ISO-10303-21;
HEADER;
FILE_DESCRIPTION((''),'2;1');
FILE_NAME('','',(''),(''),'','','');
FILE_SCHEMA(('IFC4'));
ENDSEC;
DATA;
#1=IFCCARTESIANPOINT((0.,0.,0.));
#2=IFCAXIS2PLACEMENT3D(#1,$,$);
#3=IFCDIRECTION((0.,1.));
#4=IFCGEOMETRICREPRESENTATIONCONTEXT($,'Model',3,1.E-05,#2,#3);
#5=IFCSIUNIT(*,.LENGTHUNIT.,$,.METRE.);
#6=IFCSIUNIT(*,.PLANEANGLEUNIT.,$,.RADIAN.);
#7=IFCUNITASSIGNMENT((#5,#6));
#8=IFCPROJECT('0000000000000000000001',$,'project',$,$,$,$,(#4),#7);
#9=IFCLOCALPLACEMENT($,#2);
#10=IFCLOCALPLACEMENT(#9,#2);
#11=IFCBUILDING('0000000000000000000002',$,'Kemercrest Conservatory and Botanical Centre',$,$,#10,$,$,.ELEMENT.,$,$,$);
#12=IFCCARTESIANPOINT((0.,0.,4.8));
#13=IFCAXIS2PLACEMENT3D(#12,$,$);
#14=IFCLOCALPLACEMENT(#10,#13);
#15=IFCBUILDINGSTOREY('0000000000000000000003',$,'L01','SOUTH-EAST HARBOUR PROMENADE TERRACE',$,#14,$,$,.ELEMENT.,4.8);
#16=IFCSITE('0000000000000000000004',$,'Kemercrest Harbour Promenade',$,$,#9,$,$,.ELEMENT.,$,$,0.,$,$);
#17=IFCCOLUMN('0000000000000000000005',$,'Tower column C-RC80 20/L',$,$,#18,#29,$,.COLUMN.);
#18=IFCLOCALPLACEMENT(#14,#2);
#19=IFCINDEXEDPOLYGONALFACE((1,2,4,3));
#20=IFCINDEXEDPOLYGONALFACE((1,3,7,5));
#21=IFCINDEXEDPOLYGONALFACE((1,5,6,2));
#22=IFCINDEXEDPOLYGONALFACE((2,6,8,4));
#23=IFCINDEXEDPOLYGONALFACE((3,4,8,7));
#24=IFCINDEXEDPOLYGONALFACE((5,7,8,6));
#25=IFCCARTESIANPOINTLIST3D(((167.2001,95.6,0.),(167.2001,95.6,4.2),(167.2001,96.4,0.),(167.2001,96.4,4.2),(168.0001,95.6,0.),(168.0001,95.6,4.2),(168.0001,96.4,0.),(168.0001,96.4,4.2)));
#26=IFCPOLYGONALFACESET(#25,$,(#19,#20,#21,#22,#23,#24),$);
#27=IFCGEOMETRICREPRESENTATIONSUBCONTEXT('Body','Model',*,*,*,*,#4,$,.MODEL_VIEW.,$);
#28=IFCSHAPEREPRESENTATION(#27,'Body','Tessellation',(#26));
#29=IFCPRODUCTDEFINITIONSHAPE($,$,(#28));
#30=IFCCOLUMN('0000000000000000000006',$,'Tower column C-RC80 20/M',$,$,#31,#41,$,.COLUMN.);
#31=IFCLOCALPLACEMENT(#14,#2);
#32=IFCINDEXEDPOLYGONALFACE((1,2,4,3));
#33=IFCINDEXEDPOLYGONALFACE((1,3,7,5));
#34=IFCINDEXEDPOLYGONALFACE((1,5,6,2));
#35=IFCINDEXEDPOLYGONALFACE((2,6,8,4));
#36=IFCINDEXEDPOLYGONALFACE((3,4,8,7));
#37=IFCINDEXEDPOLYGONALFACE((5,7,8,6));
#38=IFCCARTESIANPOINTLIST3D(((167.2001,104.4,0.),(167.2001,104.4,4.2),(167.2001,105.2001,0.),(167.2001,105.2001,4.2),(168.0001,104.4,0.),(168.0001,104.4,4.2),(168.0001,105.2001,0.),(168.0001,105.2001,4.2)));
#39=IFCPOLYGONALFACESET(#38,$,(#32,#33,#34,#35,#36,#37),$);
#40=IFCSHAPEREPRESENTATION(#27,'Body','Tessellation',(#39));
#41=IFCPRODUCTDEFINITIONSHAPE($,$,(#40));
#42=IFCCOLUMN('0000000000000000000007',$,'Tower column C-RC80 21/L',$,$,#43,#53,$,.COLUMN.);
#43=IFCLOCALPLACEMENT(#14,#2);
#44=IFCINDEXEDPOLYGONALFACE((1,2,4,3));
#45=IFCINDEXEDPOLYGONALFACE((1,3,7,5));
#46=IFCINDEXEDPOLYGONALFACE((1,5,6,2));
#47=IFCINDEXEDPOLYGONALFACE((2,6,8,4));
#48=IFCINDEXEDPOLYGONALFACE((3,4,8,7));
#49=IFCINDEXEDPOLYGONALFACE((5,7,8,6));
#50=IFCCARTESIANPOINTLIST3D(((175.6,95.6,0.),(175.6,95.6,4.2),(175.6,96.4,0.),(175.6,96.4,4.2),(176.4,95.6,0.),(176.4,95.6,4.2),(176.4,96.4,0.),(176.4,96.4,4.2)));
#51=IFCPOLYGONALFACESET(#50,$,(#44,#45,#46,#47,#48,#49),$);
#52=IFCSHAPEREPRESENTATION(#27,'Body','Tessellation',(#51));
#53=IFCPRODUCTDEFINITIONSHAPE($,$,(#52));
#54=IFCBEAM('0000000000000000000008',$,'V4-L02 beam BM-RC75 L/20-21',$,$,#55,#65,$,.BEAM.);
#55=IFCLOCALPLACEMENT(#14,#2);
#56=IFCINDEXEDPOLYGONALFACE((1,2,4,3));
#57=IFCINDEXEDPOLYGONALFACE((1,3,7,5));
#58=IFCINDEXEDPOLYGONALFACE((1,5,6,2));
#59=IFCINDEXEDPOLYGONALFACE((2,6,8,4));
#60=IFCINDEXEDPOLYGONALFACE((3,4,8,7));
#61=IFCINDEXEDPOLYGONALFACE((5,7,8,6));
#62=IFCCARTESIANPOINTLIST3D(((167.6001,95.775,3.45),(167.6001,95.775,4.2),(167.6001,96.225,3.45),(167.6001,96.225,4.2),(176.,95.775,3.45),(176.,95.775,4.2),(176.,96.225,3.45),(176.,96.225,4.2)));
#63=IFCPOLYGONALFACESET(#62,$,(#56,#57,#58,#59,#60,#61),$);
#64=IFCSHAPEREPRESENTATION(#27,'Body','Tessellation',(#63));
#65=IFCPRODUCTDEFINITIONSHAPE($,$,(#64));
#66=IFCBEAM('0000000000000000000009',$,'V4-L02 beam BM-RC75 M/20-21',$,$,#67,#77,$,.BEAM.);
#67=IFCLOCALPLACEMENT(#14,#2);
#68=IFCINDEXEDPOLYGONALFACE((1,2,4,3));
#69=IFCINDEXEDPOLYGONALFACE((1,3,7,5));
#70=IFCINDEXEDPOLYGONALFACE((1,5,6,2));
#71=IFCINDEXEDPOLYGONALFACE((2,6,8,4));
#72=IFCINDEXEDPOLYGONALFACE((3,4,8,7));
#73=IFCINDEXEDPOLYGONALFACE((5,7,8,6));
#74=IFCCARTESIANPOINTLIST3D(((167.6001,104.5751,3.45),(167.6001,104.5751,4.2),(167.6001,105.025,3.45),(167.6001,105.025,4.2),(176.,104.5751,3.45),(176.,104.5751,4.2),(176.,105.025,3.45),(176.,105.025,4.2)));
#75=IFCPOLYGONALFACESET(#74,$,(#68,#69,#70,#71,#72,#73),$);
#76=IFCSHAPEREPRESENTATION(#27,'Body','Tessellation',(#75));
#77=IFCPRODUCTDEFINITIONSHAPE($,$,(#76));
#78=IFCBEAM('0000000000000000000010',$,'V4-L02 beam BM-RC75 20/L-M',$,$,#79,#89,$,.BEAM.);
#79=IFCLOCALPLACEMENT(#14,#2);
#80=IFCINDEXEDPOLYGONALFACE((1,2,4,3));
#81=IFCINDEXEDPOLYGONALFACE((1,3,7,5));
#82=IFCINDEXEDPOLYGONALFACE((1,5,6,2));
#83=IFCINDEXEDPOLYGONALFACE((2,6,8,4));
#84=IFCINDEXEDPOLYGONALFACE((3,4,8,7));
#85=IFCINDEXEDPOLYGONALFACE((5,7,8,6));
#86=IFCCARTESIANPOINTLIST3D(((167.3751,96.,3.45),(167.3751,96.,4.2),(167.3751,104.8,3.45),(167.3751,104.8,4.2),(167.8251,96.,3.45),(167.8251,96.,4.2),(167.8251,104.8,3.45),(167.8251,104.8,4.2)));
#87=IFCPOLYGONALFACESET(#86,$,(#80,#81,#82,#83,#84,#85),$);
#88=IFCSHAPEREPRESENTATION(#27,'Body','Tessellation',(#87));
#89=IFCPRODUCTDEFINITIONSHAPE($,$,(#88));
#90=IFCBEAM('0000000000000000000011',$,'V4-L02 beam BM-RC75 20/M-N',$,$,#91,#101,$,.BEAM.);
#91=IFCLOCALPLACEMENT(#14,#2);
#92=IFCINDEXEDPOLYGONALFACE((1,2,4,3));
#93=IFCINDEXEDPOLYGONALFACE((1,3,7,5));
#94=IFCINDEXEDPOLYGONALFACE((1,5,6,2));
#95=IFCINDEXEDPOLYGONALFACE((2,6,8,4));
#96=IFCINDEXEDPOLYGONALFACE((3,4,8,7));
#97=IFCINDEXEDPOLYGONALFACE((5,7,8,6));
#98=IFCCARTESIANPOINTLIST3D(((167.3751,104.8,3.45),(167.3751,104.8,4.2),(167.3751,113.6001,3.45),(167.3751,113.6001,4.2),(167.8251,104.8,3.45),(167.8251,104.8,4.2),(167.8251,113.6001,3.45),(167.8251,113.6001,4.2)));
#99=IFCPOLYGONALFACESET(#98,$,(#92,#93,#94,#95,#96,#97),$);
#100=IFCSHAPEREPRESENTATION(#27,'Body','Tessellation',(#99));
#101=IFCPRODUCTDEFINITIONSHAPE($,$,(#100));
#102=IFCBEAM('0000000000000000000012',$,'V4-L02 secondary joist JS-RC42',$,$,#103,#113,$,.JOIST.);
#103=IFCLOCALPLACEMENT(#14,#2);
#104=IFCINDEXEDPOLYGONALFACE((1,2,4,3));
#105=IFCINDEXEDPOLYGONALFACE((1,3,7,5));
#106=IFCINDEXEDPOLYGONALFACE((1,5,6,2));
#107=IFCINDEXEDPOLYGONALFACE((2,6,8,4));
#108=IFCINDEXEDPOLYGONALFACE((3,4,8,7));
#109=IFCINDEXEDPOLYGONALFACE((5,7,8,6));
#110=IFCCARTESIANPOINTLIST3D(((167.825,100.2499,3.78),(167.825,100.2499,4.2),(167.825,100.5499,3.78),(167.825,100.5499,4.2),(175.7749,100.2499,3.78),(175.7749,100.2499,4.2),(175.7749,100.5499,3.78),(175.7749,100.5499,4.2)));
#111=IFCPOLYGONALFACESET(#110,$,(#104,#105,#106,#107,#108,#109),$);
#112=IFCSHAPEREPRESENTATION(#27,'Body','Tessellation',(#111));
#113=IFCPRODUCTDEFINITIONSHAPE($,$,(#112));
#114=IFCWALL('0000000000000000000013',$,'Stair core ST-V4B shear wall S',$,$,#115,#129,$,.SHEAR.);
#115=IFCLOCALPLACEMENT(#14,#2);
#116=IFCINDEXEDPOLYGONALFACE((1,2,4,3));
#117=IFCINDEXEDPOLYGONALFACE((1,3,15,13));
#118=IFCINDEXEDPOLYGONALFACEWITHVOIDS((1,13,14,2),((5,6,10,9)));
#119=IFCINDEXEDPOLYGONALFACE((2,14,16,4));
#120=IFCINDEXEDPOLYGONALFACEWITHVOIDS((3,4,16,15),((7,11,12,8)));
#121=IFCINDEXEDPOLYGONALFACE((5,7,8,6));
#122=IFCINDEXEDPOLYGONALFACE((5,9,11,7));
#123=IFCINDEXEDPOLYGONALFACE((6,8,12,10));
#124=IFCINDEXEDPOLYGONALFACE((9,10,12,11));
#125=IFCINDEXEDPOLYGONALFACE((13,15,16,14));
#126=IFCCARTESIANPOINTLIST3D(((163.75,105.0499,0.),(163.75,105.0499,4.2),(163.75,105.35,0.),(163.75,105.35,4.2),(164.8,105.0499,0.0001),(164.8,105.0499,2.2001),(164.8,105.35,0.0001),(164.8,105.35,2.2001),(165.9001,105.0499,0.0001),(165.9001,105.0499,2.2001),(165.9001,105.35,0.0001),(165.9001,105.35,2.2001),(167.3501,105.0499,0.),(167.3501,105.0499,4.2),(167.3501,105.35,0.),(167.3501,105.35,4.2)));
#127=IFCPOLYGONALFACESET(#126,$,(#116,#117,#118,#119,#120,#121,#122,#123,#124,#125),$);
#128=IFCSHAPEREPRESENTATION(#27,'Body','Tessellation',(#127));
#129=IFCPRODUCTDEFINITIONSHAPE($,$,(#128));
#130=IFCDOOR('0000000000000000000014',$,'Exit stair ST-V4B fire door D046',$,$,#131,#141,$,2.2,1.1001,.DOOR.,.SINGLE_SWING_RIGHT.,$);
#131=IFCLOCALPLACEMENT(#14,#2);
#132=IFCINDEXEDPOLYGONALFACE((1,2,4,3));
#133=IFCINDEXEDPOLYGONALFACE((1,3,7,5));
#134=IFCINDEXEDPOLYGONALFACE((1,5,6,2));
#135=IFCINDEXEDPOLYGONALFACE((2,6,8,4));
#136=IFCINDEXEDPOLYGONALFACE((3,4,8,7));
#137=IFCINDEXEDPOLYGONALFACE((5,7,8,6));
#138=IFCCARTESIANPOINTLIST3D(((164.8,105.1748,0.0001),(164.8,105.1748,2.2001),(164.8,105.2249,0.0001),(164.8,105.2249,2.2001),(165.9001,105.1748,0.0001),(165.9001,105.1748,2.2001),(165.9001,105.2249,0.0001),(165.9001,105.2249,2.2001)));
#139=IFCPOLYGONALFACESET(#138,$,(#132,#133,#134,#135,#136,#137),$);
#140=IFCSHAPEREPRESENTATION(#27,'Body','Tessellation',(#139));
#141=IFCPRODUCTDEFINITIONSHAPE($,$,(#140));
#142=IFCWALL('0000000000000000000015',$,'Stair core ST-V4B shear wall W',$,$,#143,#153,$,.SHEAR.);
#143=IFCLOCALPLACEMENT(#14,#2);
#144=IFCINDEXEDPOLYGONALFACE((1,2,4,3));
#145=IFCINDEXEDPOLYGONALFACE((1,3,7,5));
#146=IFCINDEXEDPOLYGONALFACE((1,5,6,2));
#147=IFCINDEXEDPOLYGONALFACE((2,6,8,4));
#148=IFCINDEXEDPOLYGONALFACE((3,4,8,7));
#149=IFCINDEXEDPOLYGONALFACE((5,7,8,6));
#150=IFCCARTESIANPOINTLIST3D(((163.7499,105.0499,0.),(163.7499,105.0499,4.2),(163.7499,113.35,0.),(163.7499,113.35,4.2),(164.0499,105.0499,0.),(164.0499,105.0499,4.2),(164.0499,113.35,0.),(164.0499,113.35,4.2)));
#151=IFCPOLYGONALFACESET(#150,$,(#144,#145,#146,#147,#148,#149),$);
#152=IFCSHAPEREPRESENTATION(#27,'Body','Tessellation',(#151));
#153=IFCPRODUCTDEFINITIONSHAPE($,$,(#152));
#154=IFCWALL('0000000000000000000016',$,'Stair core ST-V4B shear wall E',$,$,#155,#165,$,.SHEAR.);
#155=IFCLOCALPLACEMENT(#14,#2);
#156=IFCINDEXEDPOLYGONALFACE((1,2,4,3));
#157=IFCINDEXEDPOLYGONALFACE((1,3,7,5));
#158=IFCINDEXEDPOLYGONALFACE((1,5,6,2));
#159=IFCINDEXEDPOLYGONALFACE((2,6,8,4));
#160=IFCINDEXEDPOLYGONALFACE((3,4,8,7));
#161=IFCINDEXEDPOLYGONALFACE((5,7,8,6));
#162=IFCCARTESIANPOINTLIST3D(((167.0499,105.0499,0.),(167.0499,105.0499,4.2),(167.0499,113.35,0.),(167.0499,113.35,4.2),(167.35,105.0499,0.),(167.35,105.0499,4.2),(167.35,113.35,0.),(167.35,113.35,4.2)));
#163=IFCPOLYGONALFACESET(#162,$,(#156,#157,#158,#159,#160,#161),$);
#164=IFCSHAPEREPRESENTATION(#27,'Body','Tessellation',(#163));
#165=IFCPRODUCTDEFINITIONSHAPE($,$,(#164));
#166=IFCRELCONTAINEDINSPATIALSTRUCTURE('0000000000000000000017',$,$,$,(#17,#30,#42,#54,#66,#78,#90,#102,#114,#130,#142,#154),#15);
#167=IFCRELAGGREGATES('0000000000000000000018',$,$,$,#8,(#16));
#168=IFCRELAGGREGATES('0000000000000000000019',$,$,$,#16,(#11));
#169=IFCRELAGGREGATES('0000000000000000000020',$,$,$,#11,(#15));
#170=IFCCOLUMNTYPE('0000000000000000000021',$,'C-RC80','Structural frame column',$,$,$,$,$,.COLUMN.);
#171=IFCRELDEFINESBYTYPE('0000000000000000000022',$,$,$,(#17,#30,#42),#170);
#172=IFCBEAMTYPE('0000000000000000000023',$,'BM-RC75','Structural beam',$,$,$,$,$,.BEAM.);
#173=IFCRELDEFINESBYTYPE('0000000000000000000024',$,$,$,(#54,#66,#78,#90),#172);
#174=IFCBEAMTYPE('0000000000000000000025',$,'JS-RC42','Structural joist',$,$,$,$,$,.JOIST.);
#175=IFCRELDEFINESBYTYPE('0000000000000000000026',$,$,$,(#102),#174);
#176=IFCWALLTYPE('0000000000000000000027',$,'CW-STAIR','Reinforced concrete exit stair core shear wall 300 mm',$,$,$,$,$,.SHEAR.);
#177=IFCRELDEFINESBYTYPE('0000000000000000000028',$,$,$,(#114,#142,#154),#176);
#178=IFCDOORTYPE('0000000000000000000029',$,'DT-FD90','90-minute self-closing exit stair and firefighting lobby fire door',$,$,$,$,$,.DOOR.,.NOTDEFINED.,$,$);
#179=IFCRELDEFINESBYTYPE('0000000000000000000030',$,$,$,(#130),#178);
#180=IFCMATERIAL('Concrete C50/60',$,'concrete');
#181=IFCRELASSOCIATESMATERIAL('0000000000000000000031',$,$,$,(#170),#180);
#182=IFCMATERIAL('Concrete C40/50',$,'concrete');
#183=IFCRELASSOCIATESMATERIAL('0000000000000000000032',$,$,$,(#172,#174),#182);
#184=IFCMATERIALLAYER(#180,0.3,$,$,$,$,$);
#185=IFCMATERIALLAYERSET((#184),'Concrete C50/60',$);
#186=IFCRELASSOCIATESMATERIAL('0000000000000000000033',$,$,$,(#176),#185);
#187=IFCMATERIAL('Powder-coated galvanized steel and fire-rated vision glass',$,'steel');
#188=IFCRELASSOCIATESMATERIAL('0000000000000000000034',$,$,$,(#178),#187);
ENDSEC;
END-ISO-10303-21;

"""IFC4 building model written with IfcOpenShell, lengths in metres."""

from ifc_helpers import new_model, si_unit, direction, frame, frame_2d, origin, origin_2d, place, context, subcontext, project, spatial, rectangle, extrude, material, layer, layer_set, material_profile, profile_set, type_object, element, fill, save


model = new_model("IFC4")

# Units and contexts
model_context = context("Model", 3, precision=1e-05, world=origin(), true_north=direction((0.0, 1.0)))
body_context = subcontext(model_context, "Body", "Model", "MODEL_VIEW")
ifc_project = project(units=[si_unit("LENGTHUNIT", "METRE"), si_unit("PLANEANGLEUNIT", "RADIAN")], contexts=[model_context])

# Site, building, storey
site_placement = place(None, origin())
site = spatial("IfcSite", under=ifc_project, at=site_placement, Name="Kemercrest Harbour Promenade", CompositionType="ELEMENT", RefElevation=0.0)
building_placement = place(site_placement, origin())
building = spatial("IfcBuilding", under=site, at=building_placement, Name="Kemercrest Conservatory and Botanical Centre", CompositionType="ELEMENT")
storey_placement = place(building_placement, frame((0.0, 0.0, 4.8)))
storey = spatial("IfcBuildingStorey", under=building, at=storey_placement, Name="L01", Description="SOUTH-EAST HARBOUR PROMENADE TERRACE", CompositionType="ELEMENT", Elevation=4.8)

# Columns
ifc_material_1 = material(Name="Concrete C50/60", Category="concrete")
ifc_material_profile_1 = material_profile(ifc_material_1, rectangle(XDim=0.8, YDim=0.8, at=origin_2d()), Name="RC 800x800")
ifc_profile_set_1 = profile_set([ifc_material_profile_1], Name="Concrete C50/60")
column_type = type_object("IfcColumnType", Name="C-RC80", Description="Structural frame column", PredefinedType="COLUMN", material=ifc_profile_set_1)
for number, where, z_axis, x_axis, name in (
    (1, (167.6001, 96.0, 0.0), (0.0, 0.0, 1.0), (1.0, 0.0, 0.0), "Tower column C-RC80 20/L"),
    (2, (167.6001, 104.8, 0.0), (0.0, 0.0, 1.0), (1.0, 0.0, 0.0), "Tower column C-RC80 20/M"),
    (3, (176.0, 96.0, 0.0), (0.0, 0.0, 1.0), (1.0, 0.0, 0.0), "Tower column C-RC80 21/L"),
):
    element("IfcColumn", number, at=place(storey_placement, frame(where, z_axis=z_axis, x_axis=x_axis)), inside=storey, type_object=column_type, Name=name, PredefinedType="COLUMN", context=body_context, shape_type="SweptSolid", body=[
        extrude(rectangle(XDim=0.8, YDim=0.8, at=origin_2d()), origin(), (0.0, 0.0, 1.0), 4.2),
    ])

# Beams
ifc_material_2 = material(Name="Concrete C40/50", Category="concrete")
ifc_material_profile_2 = material_profile(ifc_material_2, rectangle(XDim=0.45, YDim=0.75, at=origin_2d()), Name="RC 450x750")
ifc_profile_set_2 = profile_set([ifc_material_profile_2], Name="Concrete C40/50")
beam_type_1 = type_object("IfcBeamType", Name="BM-RC75", Description="Structural beam", PredefinedType="BEAM", material=ifc_profile_set_2)
for number, where, z_axis, x_axis, name in (
    (4, (167.6001, 96.0, 3.825), (1.0, 0.0, 0.0), (0.0, 1.0, 0.0), "V4-L02 beam BM-RC75 L/20-21"),
    (5, (167.6001, 104.8, 3.825), (1.0, 0.0, 0.0), (0.0, 1.0, 0.0), "V4-L02 beam BM-RC75 M/20-21"),
):
    element("IfcBeam", number, at=place(storey_placement, frame(where, z_axis=z_axis, x_axis=x_axis)), inside=storey, type_object=beam_type_1, Name=name, PredefinedType="BEAM", context=body_context, shape_type="SweptSolid", body=[
        extrude(rectangle(XDim=0.45, YDim=0.75, at=origin_2d()), origin(), (0.0, 0.0, 1.0), 8.3999),
    ])
for number, where, z_axis, x_axis, name in (
    (6, (167.6001, 96.0, 3.825), (0.0, 1.0, 0.0), (-1.0, 0.0, 0.0), "V4-L02 beam BM-RC75 20/L-M"),
    (7, (167.6001, 104.8, 3.825), (0.0, 1.0, 0.0), (-1.0, 0.0, 0.0), "V4-L02 beam BM-RC75 20/M-N"),
):
    element("IfcBeam", number, at=place(storey_placement, frame(where, z_axis=z_axis, x_axis=x_axis)), inside=storey, type_object=beam_type_1, Name=name, PredefinedType="BEAM", context=body_context, shape_type="SweptSolid", body=[
        extrude(rectangle(XDim=0.45, YDim=0.75, at=origin_2d()), origin(), (0.0, 0.0, 1.0), 8.8),
    ])
ifc_material_profile_3 = material_profile(ifc_material_2, rectangle(XDim=0.3, YDim=0.4199, at=origin_2d()), Name="RC 300x420")
ifc_profile_set_3 = profile_set([ifc_material_profile_3], Name="Concrete C40/50")
beam_type_2 = type_object("IfcBeamType", Name="JS-RC42", Description="Structural joist", PredefinedType="JOIST", material=ifc_profile_set_3)
beam_placement = place(storey_placement, frame((167.825, 100.3999, 3.99), z_axis=(1.0, 0.0, 0.0), x_axis=(0.0, 1.0, 0.0)))
element("IfcBeam", 8, at=beam_placement, inside=storey, type_object=beam_type_2, Name="V4-L02 secondary joist JS-RC42", PredefinedType="JOIST", context=body_context, shape_type="SweptSolid", body=[
    extrude(rectangle(XDim=0.3, YDim=0.4199, at=origin_2d()), origin(), (0.0, 0.0, 1.0), 7.95),
])

# Wall, opening, door
ifc_layer_1 = layer(ifc_material_1, 0.3)
ifc_layer_set_1 = layer_set([ifc_layer_1], Name="Concrete C50/60")
wall_type_1 = type_object("IfcWallType", Name="CW-STAIR", Description="Reinforced concrete exit stair core shear wall 300 mm", PredefinedType="SHEAR", material=ifc_layer_set_1)
wall_1_placement = place(storey_placement, frame((163.75, 105.2, 0.0), z_axis=(0.0, 0.0, 1.0), x_axis=(1.0, 0.0, 0.0)))
wall_1 = element("IfcWall", 9, at=wall_1_placement, inside=storey, type_object=wall_type_1, Name="Stair core ST-V4B shear wall S", PredefinedType="SHEAR", context=body_context, shape_type="SweptSolid", body=[
    extrude(rectangle(XDim=3.6001, YDim=0.3, at=frame_2d((1.8, 0.0))), origin(), (0.0, 0.0, 1.0), 4.2),
])
opening_1_placement = place(wall_1_placement, frame((1.05, 0.0, 0.0)))
opening_1 = element("IfcOpeningElement", 10, at=opening_1_placement, cuts=wall_1, PredefinedType="OPENING", context=body_context, shape_type="SweptSolid", body=[
    extrude(rectangle(XDim=1.1001, YDim=2.2, at=frame_2d((0.55, 1.1001))), frame((0.0, 0.1602, 0.0), z_axis=(0.0, -1.0, 0.0), x_axis=(1.0, 0.0, 0.0)), (0.0, 0.0, 1.0), 0.3201),
])
ifc_material_3 = material(Name="Powder-coated galvanized steel and fire-rated vision glass", Category="steel")
door_type_1 = type_object("IfcDoorType", Name="DT-FD90", Description="90-minute self-closing exit stair and firefighting lobby fire door", OperationType="NOTDEFINED", PredefinedType="DOOR", material=ifc_material_3)
door_1_placement = place(opening_1_placement, origin())
door_1 = element("IfcDoor", 11, at=door_1_placement, inside=storey, type_object=door_type_1, Name="Exit stair ST-V4B fire door D046", OperationType="SINGLE_SWING_RIGHT", OverallHeight=2.2, OverallWidth=1.1001, PredefinedType="DOOR", context=body_context, shape_type="SweptSolid", body=[
    extrude(rectangle(XDim=1.1001, YDim=2.2, at=frame_2d((0.55, 1.1001))), frame((0.0, 0.0249, 0.0), z_axis=(0.0, -1.0, 0.0), x_axis=(1.0, 0.0, 0.0)), (0.0, 0.0, 1.0), 0.05),
])
fill(opening_1, door_1)

# Walls
for number, where, z_axis, x_axis, name in (
    (12, (163.8999, 105.05, 0.0), (0.0, 0.0, 1.0), (0.0, 1.0, 0.0), "Stair core ST-V4B shear wall W"),
    (13, (167.2, 105.05, 0.0), (0.0, 0.0, 1.0), (0.0, 1.0, 0.0), "Stair core ST-V4B shear wall E"),
):
    element("IfcWall", number, at=place(storey_placement, frame(where, z_axis=z_axis, x_axis=x_axis)), inside=storey, type_object=wall_type_1, Name=name, PredefinedType="SHEAR", context=body_context, shape_type="SweptSolid", body=[
        extrude(rectangle(XDim=8.3, YDim=0.3, at=frame_2d((4.1499, 0.0))), origin(), (0.0, 0.0, 1.0), 4.2),
    ])

save(model, "model.ifc")
